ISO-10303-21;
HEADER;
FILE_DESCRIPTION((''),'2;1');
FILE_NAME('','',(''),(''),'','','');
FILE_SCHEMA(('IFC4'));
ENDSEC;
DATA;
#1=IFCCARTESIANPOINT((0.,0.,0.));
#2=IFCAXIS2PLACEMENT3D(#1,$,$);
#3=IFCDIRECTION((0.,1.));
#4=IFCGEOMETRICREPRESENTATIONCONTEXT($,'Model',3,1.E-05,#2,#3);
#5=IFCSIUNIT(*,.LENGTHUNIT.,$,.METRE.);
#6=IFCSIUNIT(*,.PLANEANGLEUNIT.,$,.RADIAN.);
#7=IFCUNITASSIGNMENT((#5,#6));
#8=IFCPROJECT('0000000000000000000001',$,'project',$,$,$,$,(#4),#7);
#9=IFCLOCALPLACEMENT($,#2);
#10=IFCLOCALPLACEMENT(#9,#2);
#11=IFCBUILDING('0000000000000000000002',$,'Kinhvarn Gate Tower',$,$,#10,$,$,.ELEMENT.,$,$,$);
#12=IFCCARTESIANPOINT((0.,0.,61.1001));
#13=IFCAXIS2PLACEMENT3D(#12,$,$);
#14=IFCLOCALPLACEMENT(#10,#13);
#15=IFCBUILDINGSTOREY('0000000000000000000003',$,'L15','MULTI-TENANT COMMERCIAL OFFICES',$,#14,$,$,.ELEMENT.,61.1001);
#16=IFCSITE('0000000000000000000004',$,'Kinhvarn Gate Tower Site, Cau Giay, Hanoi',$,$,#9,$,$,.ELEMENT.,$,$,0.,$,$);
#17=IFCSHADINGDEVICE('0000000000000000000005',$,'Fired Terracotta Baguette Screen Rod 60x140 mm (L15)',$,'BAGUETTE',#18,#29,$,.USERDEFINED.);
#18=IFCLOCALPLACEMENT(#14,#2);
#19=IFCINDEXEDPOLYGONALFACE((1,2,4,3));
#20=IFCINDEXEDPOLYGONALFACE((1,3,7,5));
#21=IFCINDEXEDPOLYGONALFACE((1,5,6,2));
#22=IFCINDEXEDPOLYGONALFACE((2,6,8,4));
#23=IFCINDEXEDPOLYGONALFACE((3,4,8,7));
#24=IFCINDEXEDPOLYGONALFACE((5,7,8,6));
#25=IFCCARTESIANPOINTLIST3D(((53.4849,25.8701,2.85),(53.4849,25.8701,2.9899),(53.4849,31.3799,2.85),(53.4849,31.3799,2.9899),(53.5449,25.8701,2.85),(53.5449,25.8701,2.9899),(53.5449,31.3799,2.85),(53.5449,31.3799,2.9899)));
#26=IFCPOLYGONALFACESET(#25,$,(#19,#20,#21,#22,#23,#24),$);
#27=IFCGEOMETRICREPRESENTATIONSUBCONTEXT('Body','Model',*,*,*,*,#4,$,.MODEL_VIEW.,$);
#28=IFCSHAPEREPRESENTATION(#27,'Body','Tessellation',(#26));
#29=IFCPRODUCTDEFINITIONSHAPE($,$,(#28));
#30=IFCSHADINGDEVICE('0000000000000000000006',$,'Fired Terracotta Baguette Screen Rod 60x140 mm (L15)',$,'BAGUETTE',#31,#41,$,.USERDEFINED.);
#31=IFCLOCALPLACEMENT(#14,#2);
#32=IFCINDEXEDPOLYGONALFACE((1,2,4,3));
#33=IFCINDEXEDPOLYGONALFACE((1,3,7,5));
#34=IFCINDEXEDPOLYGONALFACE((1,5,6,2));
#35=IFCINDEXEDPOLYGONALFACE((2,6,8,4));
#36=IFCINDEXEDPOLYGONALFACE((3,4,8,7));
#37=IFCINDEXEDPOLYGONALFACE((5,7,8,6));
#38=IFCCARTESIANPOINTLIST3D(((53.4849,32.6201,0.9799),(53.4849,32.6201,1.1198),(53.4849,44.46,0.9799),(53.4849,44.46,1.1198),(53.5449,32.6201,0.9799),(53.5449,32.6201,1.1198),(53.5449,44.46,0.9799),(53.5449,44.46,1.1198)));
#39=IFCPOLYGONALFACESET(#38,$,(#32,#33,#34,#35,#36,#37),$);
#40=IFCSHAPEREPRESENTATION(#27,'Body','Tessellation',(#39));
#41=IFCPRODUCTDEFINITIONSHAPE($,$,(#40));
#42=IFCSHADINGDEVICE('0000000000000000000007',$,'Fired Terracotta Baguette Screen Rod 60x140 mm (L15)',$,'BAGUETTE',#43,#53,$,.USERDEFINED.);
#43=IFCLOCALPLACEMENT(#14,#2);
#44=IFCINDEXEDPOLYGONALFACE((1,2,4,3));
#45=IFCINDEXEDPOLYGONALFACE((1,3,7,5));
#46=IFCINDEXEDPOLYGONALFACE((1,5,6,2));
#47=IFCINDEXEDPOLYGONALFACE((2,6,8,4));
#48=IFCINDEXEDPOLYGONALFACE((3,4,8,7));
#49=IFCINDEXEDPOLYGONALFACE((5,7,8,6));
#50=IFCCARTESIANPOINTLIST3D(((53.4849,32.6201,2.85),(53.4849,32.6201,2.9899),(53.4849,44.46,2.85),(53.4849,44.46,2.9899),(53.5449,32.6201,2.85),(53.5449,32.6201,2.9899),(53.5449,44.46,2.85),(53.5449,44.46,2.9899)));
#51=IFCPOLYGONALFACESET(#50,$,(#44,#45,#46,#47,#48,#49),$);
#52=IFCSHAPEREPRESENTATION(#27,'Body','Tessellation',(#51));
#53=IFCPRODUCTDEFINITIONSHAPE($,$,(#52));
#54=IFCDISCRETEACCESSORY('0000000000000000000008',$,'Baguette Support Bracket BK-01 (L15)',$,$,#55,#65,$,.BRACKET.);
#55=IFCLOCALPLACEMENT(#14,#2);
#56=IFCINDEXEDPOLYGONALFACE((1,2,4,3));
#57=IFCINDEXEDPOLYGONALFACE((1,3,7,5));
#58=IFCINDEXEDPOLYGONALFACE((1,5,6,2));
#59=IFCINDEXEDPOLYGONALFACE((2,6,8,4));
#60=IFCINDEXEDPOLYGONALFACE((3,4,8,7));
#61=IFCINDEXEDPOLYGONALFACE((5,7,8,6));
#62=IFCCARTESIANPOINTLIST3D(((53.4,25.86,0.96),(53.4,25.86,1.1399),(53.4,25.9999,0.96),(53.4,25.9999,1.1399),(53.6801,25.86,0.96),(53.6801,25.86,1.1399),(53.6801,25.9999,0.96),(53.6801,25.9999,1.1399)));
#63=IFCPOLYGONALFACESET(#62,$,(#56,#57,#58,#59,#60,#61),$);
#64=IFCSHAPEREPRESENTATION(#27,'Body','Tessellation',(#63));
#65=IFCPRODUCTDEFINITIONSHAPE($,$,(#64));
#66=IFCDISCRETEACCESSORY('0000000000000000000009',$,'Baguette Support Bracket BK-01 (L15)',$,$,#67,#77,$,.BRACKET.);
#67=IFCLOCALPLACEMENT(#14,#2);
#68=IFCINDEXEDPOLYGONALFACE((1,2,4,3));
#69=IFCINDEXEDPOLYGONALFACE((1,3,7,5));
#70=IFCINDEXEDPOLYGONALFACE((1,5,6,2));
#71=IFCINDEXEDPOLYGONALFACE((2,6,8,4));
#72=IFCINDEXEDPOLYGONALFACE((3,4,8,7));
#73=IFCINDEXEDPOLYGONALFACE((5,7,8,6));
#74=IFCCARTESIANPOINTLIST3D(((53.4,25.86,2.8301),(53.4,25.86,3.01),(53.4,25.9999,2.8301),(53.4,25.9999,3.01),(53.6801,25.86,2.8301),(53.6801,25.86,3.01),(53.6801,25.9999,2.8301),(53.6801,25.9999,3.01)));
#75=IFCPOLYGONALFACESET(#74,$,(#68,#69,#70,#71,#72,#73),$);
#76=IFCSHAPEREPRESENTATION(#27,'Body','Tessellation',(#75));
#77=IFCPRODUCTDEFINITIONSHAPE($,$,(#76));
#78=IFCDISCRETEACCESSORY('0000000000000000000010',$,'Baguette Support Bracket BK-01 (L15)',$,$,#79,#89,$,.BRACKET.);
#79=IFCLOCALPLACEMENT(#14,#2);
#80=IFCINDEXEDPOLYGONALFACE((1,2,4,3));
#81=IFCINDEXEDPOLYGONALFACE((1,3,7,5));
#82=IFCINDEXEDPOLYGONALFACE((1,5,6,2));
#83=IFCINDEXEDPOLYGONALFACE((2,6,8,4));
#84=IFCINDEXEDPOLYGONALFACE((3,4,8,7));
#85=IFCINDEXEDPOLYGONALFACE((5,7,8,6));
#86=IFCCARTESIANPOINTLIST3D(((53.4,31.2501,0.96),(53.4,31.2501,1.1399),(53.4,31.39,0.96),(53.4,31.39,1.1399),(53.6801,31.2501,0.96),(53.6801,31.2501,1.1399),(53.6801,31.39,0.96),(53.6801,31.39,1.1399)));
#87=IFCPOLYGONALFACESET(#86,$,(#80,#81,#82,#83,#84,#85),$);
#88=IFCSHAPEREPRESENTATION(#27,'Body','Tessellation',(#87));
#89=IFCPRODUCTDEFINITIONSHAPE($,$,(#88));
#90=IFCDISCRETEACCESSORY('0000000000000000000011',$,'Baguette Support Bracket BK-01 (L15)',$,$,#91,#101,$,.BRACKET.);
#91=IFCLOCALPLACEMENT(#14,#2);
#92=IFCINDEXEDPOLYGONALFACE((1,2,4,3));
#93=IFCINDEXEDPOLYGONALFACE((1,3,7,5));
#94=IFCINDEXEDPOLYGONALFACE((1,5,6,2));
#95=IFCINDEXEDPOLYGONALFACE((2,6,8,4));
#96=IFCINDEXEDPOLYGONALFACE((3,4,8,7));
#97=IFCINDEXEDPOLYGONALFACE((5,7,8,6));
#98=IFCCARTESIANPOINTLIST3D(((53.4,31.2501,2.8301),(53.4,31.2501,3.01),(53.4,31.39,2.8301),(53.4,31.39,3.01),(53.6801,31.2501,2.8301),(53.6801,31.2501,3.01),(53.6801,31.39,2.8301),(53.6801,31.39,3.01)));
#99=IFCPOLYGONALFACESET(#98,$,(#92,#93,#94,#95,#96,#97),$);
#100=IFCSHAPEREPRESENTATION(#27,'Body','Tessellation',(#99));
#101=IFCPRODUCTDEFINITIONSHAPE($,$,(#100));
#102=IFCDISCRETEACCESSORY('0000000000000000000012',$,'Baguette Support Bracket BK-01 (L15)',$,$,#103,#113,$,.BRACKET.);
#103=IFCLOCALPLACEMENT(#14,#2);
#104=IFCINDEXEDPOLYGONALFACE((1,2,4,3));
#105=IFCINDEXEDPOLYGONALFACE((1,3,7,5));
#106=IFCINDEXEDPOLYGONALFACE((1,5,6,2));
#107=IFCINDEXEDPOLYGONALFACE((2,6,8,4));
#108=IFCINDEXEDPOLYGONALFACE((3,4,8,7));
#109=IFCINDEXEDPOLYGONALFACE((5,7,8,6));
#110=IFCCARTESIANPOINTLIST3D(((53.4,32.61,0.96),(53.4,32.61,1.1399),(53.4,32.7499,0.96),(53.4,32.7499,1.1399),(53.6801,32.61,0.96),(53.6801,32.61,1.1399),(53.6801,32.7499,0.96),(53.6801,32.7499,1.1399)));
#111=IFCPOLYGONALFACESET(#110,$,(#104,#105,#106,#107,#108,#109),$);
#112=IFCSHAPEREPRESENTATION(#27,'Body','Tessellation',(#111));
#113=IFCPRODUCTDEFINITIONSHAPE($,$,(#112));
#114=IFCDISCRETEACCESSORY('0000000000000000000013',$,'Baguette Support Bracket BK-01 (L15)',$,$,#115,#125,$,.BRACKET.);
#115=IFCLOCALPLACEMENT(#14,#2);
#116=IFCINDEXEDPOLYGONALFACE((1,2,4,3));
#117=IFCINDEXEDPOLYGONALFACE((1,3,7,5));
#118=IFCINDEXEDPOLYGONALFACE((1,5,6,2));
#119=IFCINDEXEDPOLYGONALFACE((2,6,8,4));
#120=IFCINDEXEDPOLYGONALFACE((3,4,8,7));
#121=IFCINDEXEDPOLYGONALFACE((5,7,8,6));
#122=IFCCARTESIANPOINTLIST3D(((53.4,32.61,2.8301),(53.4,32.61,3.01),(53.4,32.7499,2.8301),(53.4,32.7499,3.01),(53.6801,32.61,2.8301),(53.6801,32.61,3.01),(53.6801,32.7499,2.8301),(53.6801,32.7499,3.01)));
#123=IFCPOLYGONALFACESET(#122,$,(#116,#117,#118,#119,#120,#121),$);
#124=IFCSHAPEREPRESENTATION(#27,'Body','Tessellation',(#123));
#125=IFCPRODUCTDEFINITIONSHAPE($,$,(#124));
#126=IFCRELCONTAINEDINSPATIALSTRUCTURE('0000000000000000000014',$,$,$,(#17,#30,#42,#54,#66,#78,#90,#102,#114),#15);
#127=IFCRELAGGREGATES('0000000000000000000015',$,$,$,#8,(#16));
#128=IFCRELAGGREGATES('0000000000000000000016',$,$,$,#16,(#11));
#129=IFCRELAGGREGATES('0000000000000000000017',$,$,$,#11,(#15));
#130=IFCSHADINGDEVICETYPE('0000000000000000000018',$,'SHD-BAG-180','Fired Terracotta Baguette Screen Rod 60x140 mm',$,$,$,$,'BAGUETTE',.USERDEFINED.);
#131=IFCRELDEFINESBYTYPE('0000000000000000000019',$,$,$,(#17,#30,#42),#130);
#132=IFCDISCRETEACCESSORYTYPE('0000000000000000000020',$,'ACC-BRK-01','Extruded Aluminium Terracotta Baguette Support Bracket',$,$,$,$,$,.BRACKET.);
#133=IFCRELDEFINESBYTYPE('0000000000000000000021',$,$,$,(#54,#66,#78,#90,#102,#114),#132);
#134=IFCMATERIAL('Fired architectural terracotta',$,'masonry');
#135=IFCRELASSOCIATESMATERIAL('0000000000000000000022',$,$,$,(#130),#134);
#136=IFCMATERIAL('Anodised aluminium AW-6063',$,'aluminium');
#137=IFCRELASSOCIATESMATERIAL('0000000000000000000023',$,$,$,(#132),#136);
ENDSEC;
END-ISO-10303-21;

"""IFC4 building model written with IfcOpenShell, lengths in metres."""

from ifc_helpers import new_model, si_unit, direction, frame, origin, origin_2d, place, context, subcontext, project, spatial, rectangle, extrude, material, material_profile, profile_set, type_object, element, save


model = new_model("IFC4")

# Units and contexts
model_context = context("Model", 3, precision=1e-05, world=origin(), true_north=direction((0.0, 1.0)))
body_context = subcontext(model_context, "Body", "Model", "MODEL_VIEW")
ifc_project = project(units=[si_unit("LENGTHUNIT", "METRE"), si_unit("PLANEANGLEUNIT", "RADIAN")], contexts=[model_context])

# Site, building, storey
site_placement = place(None, origin())
site = spatial("IfcSite", under=ifc_project, at=site_placement, Name="Kinhvarn Gate Tower Site, Cau Giay, Hanoi", CompositionType="ELEMENT", RefElevation=0.0)
building_placement = place(site_placement, origin())
building = spatial("IfcBuilding", under=site, at=building_placement, Name="Kinhvarn Gate Tower", CompositionType="ELEMENT")
storey_placement = place(building_placement, frame((0.0, 0.0, 61.1001)))
storey = spatial("IfcBuildingStorey", under=building, at=storey_placement, Name="L15", Description="MULTI-TENANT COMMERCIAL OFFICES", CompositionType="ELEMENT", Elevation=61.1001)

# Shared definitions
ifc_material_1 = material(Name="Anodised aluminium AW-6063", Category="aluminium")

# Shading devices
ifc_material_2 = material(Name="Fired architectural terracotta", Category="masonry")
ifc_material_profile_1 = material_profile(ifc_material_2, rectangle(XDim=0.0601, YDim=0.1399, at=origin_2d()), Name="TC 60x140")
ifc_profile_set_1 = profile_set([ifc_material_profile_1], Name="Fired architectural terracotta")
shading_device_type = type_object("IfcShadingDeviceType", Name="SHD-BAG-180", Description="Fired Terracotta Baguette Screen Rod 60x140 mm", ElementType="BAGUETTE", PredefinedType="USERDEFINED", material=ifc_profile_set_1)
for number, where, z_axis, x_axis, name in (
    (1, (53.5149, 25.8701, 2.9199), (0.0, 1.0, 0.0), (-1.0, 0.0, 0.0), "Fired Terracotta Baguette Screen Rod 60x140 mm (L15)"),
):
    element("IfcShadingDevice", number, at=place(storey_placement, frame(where, z_axis=z_axis, x_axis=x_axis)), inside=storey, type_object=shading_device_type, Name=name, ObjectType="BAGUETTE", PredefinedType="USERDEFINED", context=body_context, shape_type="SweptSolid", body=[
        extrude(rectangle(XDim=0.0601, YDim=0.1399, at=origin_2d()), origin(), (0.0, 0.0, 1.0), 5.5098),
    ])
for number, where, z_axis, x_axis, name in (
    (2, (53.5149, 32.6201, 1.0498), (0.0, 1.0, 0.0), (-1.0, 0.0, 0.0), "Fired Terracotta Baguette Screen Rod 60x140 mm (L15)"),
    (3, (53.5149, 32.6201, 2.9199), (0.0, 1.0, 0.0), (-1.0, 0.0, 0.0), "Fired Terracotta Baguette Screen Rod 60x140 mm (L15)"),
):
    element("IfcShadingDevice", number, at=place(storey_placement, frame(where, z_axis=z_axis, x_axis=x_axis)), inside=storey, type_object=shading_device_type, Name=name, ObjectType="BAGUETTE", PredefinedType="USERDEFINED", context=body_context, shape_type="SweptSolid", body=[
        extrude(rectangle(XDim=0.0601, YDim=0.1399, at=origin_2d()), origin(), (0.0, 0.0, 1.0), 11.8398),
    ])

# Discrete accessories
discrete_accessory_type = type_object("IfcDiscreteAccessoryType", Name="ACC-BRK-01", Description="Extruded Aluminium Terracotta Baguette Support Bracket", PredefinedType="BRACKET", material=ifc_material_1)
for number, where, z_axis, x_axis, name in (
    (4, (53.54, 25.9299, 0.96), (0.0, 0.0, 1.0), (0.0, 1.0, 0.0), "Baguette Support Bracket BK-01 (L15)"),
    (5, (53.54, 25.9299, 2.8301), (0.0, 0.0, 1.0), (0.0, 1.0, 0.0), "Baguette Support Bracket BK-01 (L15)"),
    (6, (53.54, 31.3201, 0.96), (0.0, 0.0, 1.0), (0.0, 1.0, 0.0), "Baguette Support Bracket BK-01 (L15)"),
    (7, (53.54, 31.3201, 2.8301), (0.0, 0.0, 1.0), (0.0, 1.0, 0.0), "Baguette Support Bracket BK-01 (L15)"),
    (8, (53.54, 32.6799, 0.96), (0.0, 0.0, 1.0), (0.0, 1.0, 0.0), "Baguette Support Bracket BK-01 (L15)"),
    (9, (53.54, 32.6799, 2.8301), (0.0, 0.0, 1.0), (0.0, 1.0, 0.0), "Baguette Support Bracket BK-01 (L15)"),
):
    element("IfcDiscreteAccessory", number, at=place(storey_placement, frame(where, z_axis=z_axis, x_axis=x_axis)), inside=storey, type_object=discrete_accessory_type, Name=name, PredefinedType="BRACKET", context=body_context, shape_type="SweptSolid", body=[
        extrude(rectangle(XDim=0.1399, YDim=0.28, at=origin_2d()), origin(), (0.0, 0.0, 1.0), 0.1799),
    ])

save(model, "model.ifc")
